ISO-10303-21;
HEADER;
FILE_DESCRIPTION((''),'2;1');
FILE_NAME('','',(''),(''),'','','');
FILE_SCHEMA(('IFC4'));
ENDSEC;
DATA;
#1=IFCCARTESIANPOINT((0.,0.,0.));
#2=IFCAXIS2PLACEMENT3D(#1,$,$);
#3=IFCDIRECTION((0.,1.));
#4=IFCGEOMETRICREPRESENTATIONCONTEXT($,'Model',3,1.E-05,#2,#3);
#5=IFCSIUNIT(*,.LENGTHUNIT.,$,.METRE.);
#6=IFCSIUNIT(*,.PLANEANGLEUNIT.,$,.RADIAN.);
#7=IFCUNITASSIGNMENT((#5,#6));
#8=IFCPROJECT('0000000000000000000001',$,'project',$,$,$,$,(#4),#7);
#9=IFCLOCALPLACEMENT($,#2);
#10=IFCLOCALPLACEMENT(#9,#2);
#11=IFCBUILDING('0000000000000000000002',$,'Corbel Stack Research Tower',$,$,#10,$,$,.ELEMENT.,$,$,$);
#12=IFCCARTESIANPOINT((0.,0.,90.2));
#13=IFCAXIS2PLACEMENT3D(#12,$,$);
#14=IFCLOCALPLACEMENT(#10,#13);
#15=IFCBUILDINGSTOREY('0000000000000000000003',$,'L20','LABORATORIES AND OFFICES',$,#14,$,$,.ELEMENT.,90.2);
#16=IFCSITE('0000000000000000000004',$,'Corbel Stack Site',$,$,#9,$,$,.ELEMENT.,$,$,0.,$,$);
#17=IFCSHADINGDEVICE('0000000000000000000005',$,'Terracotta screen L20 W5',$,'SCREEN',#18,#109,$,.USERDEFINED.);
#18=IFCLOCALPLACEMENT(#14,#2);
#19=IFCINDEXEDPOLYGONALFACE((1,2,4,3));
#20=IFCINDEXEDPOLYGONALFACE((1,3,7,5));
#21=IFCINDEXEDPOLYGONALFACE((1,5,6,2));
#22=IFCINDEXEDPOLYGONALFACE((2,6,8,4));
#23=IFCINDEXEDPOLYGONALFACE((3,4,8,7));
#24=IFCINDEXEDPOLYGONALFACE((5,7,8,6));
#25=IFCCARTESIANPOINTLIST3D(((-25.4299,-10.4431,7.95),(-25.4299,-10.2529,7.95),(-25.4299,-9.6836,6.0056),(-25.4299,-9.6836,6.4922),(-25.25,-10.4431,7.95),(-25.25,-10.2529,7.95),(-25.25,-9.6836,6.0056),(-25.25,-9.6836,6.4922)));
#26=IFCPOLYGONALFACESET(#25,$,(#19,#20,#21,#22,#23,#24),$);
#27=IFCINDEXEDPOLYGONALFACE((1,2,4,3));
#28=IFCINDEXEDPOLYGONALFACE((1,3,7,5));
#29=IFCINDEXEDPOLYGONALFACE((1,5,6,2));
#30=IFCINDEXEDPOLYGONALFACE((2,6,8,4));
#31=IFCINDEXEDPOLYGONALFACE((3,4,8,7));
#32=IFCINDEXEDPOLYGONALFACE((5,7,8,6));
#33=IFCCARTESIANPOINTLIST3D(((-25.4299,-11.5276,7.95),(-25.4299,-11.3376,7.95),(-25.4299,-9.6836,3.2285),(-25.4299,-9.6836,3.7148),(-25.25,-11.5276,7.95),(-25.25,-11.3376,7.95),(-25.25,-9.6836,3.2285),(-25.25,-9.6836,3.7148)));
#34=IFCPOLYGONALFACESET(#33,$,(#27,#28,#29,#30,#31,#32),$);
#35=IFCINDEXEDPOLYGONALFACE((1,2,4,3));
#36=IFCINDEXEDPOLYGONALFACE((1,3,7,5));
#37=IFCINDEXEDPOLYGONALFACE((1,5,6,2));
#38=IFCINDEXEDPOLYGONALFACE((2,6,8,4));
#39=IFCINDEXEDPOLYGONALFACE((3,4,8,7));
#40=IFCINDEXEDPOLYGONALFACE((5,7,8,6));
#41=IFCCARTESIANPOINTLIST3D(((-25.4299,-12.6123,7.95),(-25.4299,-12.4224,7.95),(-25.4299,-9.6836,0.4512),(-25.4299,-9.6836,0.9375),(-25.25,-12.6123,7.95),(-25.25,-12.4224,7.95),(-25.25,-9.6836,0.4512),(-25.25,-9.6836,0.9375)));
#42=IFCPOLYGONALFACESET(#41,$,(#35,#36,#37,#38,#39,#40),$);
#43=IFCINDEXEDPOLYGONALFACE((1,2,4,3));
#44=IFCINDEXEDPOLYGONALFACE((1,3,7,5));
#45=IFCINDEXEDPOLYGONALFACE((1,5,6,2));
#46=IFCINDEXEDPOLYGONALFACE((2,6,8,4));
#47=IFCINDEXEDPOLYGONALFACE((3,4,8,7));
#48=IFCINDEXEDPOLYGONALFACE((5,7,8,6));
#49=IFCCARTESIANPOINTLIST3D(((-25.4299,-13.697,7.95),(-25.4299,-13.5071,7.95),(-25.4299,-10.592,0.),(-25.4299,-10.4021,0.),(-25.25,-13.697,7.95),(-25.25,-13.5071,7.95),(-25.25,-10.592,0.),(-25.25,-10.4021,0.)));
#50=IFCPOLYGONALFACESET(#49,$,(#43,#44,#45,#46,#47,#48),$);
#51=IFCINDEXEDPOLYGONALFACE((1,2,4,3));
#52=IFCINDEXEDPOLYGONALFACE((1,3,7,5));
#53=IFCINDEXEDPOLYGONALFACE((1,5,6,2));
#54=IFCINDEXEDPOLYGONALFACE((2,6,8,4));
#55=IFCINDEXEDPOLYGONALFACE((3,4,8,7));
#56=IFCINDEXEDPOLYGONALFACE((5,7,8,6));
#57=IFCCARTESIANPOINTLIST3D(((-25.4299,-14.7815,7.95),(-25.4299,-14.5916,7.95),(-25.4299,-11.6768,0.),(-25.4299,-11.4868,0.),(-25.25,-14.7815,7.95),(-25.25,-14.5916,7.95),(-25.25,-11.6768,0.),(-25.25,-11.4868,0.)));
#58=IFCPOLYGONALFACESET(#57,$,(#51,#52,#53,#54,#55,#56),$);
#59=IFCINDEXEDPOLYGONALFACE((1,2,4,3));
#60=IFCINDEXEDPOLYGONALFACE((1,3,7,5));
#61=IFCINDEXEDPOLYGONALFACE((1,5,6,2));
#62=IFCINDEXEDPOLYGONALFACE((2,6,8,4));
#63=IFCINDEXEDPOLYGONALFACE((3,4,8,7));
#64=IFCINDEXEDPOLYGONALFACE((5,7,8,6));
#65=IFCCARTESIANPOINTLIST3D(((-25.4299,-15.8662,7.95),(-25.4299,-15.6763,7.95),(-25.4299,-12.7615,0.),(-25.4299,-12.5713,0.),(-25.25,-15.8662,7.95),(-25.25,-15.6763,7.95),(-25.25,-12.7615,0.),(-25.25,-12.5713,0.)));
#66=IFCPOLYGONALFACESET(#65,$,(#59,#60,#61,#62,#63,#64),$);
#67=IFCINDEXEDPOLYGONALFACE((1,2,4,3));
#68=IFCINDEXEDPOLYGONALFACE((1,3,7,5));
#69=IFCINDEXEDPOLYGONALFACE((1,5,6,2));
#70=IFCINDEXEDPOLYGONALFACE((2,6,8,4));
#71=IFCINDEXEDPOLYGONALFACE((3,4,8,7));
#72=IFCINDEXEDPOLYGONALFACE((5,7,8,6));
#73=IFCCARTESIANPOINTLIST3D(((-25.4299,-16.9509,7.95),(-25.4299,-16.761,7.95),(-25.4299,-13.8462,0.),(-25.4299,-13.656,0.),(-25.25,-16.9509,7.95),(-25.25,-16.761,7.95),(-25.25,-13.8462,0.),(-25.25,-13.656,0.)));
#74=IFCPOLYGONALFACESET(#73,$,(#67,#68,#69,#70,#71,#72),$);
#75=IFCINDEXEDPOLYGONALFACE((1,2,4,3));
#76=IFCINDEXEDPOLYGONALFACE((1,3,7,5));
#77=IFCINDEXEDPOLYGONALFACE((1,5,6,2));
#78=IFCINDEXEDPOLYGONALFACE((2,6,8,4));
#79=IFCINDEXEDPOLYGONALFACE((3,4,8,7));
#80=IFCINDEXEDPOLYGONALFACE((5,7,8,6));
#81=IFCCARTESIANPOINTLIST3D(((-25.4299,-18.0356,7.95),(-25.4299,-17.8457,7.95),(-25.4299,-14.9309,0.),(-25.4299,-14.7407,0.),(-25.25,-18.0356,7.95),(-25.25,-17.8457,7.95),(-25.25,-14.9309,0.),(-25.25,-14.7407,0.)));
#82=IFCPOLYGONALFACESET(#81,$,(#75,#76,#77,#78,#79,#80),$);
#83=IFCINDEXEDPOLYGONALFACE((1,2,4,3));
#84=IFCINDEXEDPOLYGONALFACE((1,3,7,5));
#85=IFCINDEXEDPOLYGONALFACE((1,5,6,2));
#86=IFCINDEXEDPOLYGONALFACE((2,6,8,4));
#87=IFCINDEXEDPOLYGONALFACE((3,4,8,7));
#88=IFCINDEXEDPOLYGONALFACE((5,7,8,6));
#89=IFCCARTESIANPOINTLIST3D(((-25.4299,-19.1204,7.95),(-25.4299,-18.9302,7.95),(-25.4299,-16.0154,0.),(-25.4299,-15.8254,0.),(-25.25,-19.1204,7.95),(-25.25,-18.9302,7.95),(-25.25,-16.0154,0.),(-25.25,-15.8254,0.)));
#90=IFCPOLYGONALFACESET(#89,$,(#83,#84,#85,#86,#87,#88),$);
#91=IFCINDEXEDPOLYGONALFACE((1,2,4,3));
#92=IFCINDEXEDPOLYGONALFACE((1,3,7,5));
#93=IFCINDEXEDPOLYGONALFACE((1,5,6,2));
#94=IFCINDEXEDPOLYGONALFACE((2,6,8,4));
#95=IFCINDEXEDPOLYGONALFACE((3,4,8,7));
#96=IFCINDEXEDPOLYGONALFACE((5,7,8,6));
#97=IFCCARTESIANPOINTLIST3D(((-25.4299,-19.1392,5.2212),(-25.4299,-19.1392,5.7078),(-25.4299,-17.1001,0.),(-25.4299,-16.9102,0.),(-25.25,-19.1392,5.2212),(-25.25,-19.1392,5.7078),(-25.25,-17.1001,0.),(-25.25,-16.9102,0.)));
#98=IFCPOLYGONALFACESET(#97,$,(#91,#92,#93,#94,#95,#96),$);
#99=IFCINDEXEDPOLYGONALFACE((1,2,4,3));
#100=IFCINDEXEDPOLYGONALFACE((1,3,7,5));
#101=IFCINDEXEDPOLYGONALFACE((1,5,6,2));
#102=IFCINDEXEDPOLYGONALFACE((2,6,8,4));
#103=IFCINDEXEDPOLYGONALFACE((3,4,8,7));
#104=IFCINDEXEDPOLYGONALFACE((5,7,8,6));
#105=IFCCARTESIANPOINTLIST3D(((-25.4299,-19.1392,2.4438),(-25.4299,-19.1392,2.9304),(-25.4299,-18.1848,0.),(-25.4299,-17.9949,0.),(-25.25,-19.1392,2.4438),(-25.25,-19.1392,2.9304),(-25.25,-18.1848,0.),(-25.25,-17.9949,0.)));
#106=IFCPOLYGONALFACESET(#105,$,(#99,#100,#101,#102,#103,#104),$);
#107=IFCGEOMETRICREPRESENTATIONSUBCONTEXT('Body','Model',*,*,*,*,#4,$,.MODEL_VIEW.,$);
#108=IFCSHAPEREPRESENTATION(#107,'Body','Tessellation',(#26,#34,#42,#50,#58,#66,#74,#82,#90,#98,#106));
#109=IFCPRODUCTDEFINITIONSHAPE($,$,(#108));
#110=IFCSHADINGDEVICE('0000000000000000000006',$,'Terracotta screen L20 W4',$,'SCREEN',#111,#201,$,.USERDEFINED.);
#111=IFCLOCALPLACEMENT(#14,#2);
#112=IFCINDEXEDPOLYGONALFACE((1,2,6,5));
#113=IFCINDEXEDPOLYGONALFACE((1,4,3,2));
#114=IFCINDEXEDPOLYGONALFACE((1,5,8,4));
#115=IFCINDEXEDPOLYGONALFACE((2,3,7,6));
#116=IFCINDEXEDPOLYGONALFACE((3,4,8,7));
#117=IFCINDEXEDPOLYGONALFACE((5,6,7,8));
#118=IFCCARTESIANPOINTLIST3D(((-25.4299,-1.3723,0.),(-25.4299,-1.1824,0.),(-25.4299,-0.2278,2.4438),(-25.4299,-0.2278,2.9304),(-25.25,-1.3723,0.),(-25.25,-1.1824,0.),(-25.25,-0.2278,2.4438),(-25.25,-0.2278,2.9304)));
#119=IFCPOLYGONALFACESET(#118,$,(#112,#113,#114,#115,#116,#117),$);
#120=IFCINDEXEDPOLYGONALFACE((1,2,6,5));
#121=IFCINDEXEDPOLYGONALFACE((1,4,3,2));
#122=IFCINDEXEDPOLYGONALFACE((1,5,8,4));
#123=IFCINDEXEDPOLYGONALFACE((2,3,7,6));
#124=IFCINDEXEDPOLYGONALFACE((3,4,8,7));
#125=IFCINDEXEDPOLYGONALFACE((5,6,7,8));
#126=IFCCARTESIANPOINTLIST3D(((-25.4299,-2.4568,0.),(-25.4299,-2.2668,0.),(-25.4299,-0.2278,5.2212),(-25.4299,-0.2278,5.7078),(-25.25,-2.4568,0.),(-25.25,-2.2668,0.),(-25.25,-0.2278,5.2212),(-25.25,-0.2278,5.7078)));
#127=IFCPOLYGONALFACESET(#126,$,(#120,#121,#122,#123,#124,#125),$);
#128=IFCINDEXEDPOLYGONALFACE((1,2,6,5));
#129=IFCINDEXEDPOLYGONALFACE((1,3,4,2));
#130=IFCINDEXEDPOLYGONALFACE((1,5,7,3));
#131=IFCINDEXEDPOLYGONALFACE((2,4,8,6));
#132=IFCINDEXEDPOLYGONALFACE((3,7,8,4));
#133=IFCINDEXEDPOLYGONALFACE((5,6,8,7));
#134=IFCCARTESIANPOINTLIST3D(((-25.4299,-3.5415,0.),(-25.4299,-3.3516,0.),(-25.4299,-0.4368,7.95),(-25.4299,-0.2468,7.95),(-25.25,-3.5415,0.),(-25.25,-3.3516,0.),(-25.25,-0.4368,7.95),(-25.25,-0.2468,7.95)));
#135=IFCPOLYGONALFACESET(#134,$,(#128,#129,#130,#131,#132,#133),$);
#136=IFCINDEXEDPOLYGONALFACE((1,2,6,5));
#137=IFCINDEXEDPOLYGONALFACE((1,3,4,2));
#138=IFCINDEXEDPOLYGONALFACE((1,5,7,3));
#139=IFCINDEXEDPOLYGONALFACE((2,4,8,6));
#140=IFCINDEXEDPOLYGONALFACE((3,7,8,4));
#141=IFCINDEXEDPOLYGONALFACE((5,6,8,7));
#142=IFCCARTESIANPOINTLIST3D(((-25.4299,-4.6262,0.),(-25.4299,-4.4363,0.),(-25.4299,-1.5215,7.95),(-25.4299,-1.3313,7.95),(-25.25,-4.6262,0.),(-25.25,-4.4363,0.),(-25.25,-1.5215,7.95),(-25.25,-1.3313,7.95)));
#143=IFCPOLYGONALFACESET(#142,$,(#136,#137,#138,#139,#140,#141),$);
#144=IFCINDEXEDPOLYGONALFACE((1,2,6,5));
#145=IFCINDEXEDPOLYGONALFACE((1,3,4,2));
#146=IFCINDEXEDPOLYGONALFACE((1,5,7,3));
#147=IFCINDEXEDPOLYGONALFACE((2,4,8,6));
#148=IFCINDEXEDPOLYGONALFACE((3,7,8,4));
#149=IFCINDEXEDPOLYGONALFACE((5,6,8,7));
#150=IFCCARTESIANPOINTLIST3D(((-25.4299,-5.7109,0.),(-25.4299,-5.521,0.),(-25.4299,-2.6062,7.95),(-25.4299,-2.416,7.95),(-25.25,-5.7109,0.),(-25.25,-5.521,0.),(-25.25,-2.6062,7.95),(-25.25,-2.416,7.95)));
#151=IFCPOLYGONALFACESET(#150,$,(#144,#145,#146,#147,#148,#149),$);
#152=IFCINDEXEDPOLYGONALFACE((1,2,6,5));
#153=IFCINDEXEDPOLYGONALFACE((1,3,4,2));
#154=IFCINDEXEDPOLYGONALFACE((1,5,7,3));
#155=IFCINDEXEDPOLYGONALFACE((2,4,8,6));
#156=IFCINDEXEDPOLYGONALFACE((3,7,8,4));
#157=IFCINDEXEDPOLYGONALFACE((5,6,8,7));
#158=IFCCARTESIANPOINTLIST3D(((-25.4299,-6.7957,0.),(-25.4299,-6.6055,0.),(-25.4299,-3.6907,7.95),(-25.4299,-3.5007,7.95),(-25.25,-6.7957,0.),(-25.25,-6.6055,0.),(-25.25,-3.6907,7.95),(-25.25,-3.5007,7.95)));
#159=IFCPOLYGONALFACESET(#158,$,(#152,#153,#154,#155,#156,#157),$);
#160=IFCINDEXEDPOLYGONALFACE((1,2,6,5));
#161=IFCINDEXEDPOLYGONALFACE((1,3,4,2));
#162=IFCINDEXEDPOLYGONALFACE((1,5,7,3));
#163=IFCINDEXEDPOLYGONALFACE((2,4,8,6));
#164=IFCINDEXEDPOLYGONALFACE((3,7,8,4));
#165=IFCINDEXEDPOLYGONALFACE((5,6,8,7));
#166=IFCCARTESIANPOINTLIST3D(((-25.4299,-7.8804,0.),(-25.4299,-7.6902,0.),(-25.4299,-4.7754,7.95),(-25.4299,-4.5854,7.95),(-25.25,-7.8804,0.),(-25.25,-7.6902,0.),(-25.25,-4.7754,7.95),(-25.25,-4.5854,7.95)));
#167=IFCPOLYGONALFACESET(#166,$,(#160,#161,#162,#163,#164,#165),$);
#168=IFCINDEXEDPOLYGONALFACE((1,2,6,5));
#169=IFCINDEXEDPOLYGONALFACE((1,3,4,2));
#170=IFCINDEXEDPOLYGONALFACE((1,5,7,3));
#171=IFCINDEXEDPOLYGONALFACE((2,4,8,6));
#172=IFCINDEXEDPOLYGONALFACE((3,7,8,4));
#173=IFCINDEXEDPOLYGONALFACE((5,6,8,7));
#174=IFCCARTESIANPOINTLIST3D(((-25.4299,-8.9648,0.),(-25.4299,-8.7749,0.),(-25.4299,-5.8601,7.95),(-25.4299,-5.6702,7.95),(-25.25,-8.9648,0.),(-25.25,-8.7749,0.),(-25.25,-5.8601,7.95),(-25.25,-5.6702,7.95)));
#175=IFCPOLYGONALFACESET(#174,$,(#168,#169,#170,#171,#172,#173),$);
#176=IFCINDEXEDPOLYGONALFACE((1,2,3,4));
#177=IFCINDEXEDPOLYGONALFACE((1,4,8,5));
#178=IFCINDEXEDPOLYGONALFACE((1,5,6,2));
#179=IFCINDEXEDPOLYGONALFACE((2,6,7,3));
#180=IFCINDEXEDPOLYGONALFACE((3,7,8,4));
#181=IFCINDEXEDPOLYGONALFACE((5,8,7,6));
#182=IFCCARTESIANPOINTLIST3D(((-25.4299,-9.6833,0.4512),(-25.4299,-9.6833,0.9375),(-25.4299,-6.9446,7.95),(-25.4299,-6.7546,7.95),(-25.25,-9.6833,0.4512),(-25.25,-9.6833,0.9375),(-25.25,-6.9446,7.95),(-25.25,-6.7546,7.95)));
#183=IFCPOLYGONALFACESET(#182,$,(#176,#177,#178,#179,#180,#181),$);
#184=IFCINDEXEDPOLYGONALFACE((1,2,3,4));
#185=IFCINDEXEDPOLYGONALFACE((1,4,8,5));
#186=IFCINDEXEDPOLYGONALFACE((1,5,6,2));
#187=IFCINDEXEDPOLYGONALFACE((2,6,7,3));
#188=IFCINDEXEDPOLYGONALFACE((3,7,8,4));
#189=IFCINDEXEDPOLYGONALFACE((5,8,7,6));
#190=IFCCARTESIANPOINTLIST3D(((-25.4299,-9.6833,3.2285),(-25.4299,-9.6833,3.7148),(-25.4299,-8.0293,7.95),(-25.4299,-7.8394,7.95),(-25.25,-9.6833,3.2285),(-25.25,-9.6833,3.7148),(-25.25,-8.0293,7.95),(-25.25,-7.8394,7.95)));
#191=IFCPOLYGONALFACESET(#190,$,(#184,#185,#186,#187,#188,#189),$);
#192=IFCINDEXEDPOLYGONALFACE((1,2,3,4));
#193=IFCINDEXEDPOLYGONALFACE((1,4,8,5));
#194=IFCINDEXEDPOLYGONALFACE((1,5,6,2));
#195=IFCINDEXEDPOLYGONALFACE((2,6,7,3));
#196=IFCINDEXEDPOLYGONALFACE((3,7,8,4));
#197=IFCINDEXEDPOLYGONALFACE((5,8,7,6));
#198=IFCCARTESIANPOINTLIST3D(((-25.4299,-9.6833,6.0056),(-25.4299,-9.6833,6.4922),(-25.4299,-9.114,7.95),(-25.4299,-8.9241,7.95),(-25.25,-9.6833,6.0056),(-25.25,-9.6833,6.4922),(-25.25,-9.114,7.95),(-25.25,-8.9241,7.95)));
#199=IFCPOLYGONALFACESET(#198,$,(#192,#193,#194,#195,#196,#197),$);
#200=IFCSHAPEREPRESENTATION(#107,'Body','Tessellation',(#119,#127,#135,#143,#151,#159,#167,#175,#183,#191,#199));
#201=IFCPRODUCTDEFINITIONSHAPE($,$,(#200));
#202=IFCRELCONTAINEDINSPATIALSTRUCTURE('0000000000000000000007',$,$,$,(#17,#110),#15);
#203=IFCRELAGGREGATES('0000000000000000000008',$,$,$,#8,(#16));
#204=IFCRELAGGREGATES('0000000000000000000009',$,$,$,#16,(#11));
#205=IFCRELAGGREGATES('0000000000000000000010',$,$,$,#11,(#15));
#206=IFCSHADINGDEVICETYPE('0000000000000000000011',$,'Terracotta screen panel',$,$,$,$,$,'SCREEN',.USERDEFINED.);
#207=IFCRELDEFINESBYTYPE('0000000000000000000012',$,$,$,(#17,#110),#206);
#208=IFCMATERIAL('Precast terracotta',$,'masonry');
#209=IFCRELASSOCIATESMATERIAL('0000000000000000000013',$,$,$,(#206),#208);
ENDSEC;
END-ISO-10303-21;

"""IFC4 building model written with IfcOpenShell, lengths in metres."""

from ifc_helpers import new_model, si_unit, direction, frame, origin, place, context, subcontext, project, spatial, polyline, outline, extrude, source, transform, mapped, material, type_object, element, save


model = new_model("IFC4")

# Units and contexts
model_context = context("Model", 3, precision=1e-05, world=origin(), true_north=direction((0.0, 1.0)))
body_context = subcontext(model_context, "Body", "Model", "MODEL_VIEW")
ifc_project = project(units=[si_unit("LENGTHUNIT", "METRE"), si_unit("PLANEANGLEUNIT", "RADIAN")], contexts=[model_context])

# Site, building, storey
site_placement = place(None, origin())
site = spatial("IfcSite", under=ifc_project, at=site_placement, Name="Corbel Stack Site", CompositionType="ELEMENT", RefElevation=0.0)
building_placement = place(site_placement, origin())
building = spatial("IfcBuilding", under=site, at=building_placement, Name="Corbel Stack Research Tower", CompositionType="ELEMENT")
storey_placement = place(building_placement, frame((0.0, 0.0, 90.2)))
storey = spatial("IfcBuildingStorey", under=building, at=storey_placement, Name="L20", Description="LABORATORIES AND OFFICES", CompositionType="ELEMENT", Elevation=90.2)

# Shading devices
ifc_material_1 = material(Name="Precast terracotta", Category="masonry")
shading_device_type = type_object("IfcShadingDeviceType", Name="Terracotta screen panel", ElementType="SCREEN", PredefinedType="USERDEFINED", material=ifc_material_1)
shared_shape_1 = source(origin(), body_context, "Body", "SweptSolid", [
    extrude(outline(polyline([(0.7595, 7.95), (0.5693, 7.95), (0.0, 6.4922), (0.0, 6.0056), (0.7595, 7.95)])), frame((0.0, 0.0, 0.0), z_axis=(0.0, -1.0, 0.0), x_axis=(1.0, 0.0, 0.0)), (0.0, 0.0, 1.0), 0.1799),
    extrude(outline(polyline([(1.844, 7.95), (1.6541, 7.95), (0.0, 3.7148), (0.0, 3.2285), (1.844, 7.95)])), frame((0.0, 0.0, 0.0), z_axis=(0.0, -1.0, 0.0), x_axis=(1.0, 0.0, 0.0)), (0.0, 0.0, 1.0), 0.1799),
    extrude(outline(polyline([(2.9287, 7.95), (2.7388, 7.95), (0.0, 0.9375), (0.0, 0.4512), (2.9287, 7.95)])), frame((0.0, 0.0, 0.0), z_axis=(0.0, -1.0, 0.0), x_axis=(1.0, 0.0, 0.0)), (0.0, 0.0, 1.0), 0.1799),
    extrude(outline(polyline([(0.9084, 0.0), (4.0134, 7.95), (3.8235, 7.95), (0.7185, 0.0), (0.9084, 0.0)])), frame((0.0, 0.0, 0.0), z_axis=(0.0, -1.0, 0.0), x_axis=(1.0, 0.0, 0.0)), (0.0, 0.0, 1.0), 0.1799),
    extrude(outline(polyline([(1.9932, 0.0), (5.0979, 7.95), (4.908, 7.95), (1.8032, 0.0), (1.9932, 0.0)])), frame((0.0, 0.0, 0.0), z_axis=(0.0, -1.0, 0.0), x_axis=(1.0, 0.0, 0.0)), (0.0, 0.0, 1.0), 0.1799),
    extrude(outline(polyline([(3.0779, 0.0), (6.1826, 7.95), (5.9927, 7.95), (2.8877, 0.0), (3.0779, 0.0)])), frame((0.0, 0.0, 0.0), z_axis=(0.0, -1.0, 0.0), x_axis=(1.0, 0.0, 0.0)), (0.0, 0.0, 1.0), 0.1799),
    extrude(outline(polyline([(4.1626, 0.0), (7.2673, 7.95), (7.0774, 7.95), (3.9724, 0.0), (4.1626, 0.0)])), frame((0.0, 0.0, 0.0), z_axis=(0.0, -1.0, 0.0), x_axis=(1.0, 0.0, 0.0)), (0.0, 0.0, 1.0), 0.1799),
    extrude(outline(polyline([(5.2473, 0.0), (8.3521, 7.95), (8.1621, 7.95), (5.0571, 0.0), (5.2473, 0.0)])), frame((0.0, 0.0, 0.0), z_axis=(0.0, -1.0, 0.0), x_axis=(1.0, 0.0, 0.0)), (0.0, 0.0, 1.0), 0.1799),
    extrude(outline(polyline([(6.3318, 0.0), (9.4368, 7.95), (9.2466, 7.95), (6.1418, 0.0), (6.3318, 0.0)])), frame((0.0, 0.0, 0.0), z_axis=(0.0, -1.0, 0.0), x_axis=(1.0, 0.0, 0.0)), (0.0, 0.0, 1.0), 0.1799),
    extrude(outline(polyline([(7.4165, 0.0), (9.4556, 5.2212), (9.4556, 5.7078), (7.2266, 0.0), (7.4165, 0.0)])), frame((0.0, 0.0, 0.0), z_axis=(0.0, -1.0, 0.0), x_axis=(1.0, 0.0, 0.0)), (0.0, 0.0, 1.0), 0.1799),
    extrude(outline(polyline([(8.5012, 0.0), (9.4556, 2.4438), (9.4556, 2.9304), (8.3113, 0.0), (8.5012, 0.0)])), frame((0.0, 0.0, 0.0), z_axis=(0.0, -1.0, 0.0), x_axis=(1.0, 0.0, 0.0)), (0.0, 0.0, 1.0), 0.1799),
])
shading_device_1_placement = place(storey_placement, frame((-25.25, -9.6836, 0.0), z_axis=(0.0, 0.0, 1.0), x_axis=(0.0, -1.0, 0.0)))
element("IfcShadingDevice", 1, at=shading_device_1_placement, inside=storey, type_object=shading_device_type, Name="Terracotta screen L20 W5", ObjectType="SCREEN", PredefinedType="USERDEFINED", context=body_context, shape_type="MappedRepresentation", body=[
    mapped(shared_shape_1, transform((0.0, 0.0, 0.0))),
])
shared_shape_2 = source(origin(), body_context, "Body", "SweptSolid", [
    extrude(outline(polyline([(1.1445, 0.0), (0.0, 2.9304), (0.0, 2.4438), (0.9546, 0.0), (1.1445, 0.0)])), frame((0.0, 0.0, 0.0), z_axis=(0.0, -1.0, 0.0), x_axis=(1.0, 0.0, 0.0)), (0.0, 0.0, 1.0), 0.1799),
    extrude(outline(polyline([(2.229, 0.0), (0.0, 5.7078), (0.0, 5.2212), (2.0391, 0.0), (2.229, 0.0)])), frame((0.0, 0.0, 0.0), z_axis=(0.0, -1.0, 0.0), x_axis=(1.0, 0.0, 0.0)), (0.0, 0.0, 1.0), 0.1799),
    extrude(outline(polyline([(3.3137, 0.0), (0.209, 7.95), (0.019, 7.95), (3.1238, 0.0), (3.3137, 0.0)])), frame((0.0, 0.0, 0.0), z_axis=(0.0, -1.0, 0.0), x_axis=(1.0, 0.0, 0.0)), (0.0, 0.0, 1.0), 0.1799),
    extrude(outline(polyline([(4.3984, 0.0), (1.2937, 7.95), (1.1035, 7.95), (4.2085, 0.0), (4.3984, 0.0)])), frame((0.0, 0.0, 0.0), z_axis=(0.0, -1.0, 0.0), x_axis=(1.0, 0.0, 0.0)), (0.0, 0.0, 1.0), 0.1799),
    extrude(outline(polyline([(5.4832, 0.0), (2.3784, 7.95), (2.1882, 7.95), (5.2932, 0.0), (5.4832, 0.0)])), frame((0.0, 0.0, 0.0), z_axis=(0.0, -1.0, 0.0), x_axis=(1.0, 0.0, 0.0)), (0.0, 0.0, 1.0), 0.1799),
    extrude(outline(polyline([(6.5679, 0.0), (3.4629, 7.95), (3.2729, 7.95), (6.3777, 0.0), (6.5679, 0.0)])), frame((0.0, 0.0, 0.0), z_axis=(0.0, -1.0, 0.0), x_axis=(1.0, 0.0, 0.0)), (0.0, 0.0, 1.0), 0.1799),
    extrude(outline(polyline([(7.6526, 0.0), (4.5476, 7.95), (4.3577, 7.95), (7.4624, 0.0), (7.6526, 0.0)])), frame((0.0, 0.0, 0.0), z_axis=(0.0, -1.0, 0.0), x_axis=(1.0, 0.0, 0.0)), (0.0, 0.0, 1.0), 0.1799),
    extrude(outline(polyline([(8.7371, 0.0), (5.6323, 7.95), (5.4424, 7.95), (8.5471, 0.0), (8.7371, 0.0)])), frame((0.0, 0.0, 0.0), z_axis=(0.0, -1.0, 0.0), x_axis=(1.0, 0.0, 0.0)), (0.0, 0.0, 1.0), 0.1799),
    extrude(outline(polyline([(6.7168, 7.95), (6.5269, 7.95), (9.4556, 0.4512), (9.4556, 0.9375), (6.7168, 7.95)])), frame((0.0, 0.0, 0.0), z_axis=(0.0, -1.0, 0.0), x_axis=(1.0, 0.0, 0.0)), (0.0, 0.0, 1.0), 0.1799),
    extrude(outline(polyline([(7.8015, 7.95), (7.6116, 7.95), (9.4556, 3.2285), (9.4556, 3.7148), (7.8015, 7.95)])), frame((0.0, 0.0, 0.0), z_axis=(0.0, -1.0, 0.0), x_axis=(1.0, 0.0, 0.0)), (0.0, 0.0, 1.0), 0.1799),
    extrude(outline(polyline([(8.8862, 7.95), (8.6963, 7.95), (9.4556, 6.0056), (9.4556, 6.4922), (8.8862, 7.95)])), frame((0.0, 0.0, 0.0), z_axis=(0.0, -1.0, 0.0), x_axis=(1.0, 0.0, 0.0)), (0.0, 0.0, 1.0), 0.1799),
])
shading_device_2_placement = place(storey_placement, frame((-25.25, -0.2278, 0.0), z_axis=(0.0, 0.0, 1.0), x_axis=(0.0, -1.0, 0.0)))
element("IfcShadingDevice", 2, at=shading_device_2_placement, inside=storey, type_object=shading_device_type, Name="Terracotta screen L20 W4", ObjectType="SCREEN", PredefinedType="USERDEFINED", context=body_context, shape_type="MappedRepresentation", body=[
    mapped(shared_shape_2, transform((0.0, 0.0, 0.0))),
])

save(model, "model.ifc")
